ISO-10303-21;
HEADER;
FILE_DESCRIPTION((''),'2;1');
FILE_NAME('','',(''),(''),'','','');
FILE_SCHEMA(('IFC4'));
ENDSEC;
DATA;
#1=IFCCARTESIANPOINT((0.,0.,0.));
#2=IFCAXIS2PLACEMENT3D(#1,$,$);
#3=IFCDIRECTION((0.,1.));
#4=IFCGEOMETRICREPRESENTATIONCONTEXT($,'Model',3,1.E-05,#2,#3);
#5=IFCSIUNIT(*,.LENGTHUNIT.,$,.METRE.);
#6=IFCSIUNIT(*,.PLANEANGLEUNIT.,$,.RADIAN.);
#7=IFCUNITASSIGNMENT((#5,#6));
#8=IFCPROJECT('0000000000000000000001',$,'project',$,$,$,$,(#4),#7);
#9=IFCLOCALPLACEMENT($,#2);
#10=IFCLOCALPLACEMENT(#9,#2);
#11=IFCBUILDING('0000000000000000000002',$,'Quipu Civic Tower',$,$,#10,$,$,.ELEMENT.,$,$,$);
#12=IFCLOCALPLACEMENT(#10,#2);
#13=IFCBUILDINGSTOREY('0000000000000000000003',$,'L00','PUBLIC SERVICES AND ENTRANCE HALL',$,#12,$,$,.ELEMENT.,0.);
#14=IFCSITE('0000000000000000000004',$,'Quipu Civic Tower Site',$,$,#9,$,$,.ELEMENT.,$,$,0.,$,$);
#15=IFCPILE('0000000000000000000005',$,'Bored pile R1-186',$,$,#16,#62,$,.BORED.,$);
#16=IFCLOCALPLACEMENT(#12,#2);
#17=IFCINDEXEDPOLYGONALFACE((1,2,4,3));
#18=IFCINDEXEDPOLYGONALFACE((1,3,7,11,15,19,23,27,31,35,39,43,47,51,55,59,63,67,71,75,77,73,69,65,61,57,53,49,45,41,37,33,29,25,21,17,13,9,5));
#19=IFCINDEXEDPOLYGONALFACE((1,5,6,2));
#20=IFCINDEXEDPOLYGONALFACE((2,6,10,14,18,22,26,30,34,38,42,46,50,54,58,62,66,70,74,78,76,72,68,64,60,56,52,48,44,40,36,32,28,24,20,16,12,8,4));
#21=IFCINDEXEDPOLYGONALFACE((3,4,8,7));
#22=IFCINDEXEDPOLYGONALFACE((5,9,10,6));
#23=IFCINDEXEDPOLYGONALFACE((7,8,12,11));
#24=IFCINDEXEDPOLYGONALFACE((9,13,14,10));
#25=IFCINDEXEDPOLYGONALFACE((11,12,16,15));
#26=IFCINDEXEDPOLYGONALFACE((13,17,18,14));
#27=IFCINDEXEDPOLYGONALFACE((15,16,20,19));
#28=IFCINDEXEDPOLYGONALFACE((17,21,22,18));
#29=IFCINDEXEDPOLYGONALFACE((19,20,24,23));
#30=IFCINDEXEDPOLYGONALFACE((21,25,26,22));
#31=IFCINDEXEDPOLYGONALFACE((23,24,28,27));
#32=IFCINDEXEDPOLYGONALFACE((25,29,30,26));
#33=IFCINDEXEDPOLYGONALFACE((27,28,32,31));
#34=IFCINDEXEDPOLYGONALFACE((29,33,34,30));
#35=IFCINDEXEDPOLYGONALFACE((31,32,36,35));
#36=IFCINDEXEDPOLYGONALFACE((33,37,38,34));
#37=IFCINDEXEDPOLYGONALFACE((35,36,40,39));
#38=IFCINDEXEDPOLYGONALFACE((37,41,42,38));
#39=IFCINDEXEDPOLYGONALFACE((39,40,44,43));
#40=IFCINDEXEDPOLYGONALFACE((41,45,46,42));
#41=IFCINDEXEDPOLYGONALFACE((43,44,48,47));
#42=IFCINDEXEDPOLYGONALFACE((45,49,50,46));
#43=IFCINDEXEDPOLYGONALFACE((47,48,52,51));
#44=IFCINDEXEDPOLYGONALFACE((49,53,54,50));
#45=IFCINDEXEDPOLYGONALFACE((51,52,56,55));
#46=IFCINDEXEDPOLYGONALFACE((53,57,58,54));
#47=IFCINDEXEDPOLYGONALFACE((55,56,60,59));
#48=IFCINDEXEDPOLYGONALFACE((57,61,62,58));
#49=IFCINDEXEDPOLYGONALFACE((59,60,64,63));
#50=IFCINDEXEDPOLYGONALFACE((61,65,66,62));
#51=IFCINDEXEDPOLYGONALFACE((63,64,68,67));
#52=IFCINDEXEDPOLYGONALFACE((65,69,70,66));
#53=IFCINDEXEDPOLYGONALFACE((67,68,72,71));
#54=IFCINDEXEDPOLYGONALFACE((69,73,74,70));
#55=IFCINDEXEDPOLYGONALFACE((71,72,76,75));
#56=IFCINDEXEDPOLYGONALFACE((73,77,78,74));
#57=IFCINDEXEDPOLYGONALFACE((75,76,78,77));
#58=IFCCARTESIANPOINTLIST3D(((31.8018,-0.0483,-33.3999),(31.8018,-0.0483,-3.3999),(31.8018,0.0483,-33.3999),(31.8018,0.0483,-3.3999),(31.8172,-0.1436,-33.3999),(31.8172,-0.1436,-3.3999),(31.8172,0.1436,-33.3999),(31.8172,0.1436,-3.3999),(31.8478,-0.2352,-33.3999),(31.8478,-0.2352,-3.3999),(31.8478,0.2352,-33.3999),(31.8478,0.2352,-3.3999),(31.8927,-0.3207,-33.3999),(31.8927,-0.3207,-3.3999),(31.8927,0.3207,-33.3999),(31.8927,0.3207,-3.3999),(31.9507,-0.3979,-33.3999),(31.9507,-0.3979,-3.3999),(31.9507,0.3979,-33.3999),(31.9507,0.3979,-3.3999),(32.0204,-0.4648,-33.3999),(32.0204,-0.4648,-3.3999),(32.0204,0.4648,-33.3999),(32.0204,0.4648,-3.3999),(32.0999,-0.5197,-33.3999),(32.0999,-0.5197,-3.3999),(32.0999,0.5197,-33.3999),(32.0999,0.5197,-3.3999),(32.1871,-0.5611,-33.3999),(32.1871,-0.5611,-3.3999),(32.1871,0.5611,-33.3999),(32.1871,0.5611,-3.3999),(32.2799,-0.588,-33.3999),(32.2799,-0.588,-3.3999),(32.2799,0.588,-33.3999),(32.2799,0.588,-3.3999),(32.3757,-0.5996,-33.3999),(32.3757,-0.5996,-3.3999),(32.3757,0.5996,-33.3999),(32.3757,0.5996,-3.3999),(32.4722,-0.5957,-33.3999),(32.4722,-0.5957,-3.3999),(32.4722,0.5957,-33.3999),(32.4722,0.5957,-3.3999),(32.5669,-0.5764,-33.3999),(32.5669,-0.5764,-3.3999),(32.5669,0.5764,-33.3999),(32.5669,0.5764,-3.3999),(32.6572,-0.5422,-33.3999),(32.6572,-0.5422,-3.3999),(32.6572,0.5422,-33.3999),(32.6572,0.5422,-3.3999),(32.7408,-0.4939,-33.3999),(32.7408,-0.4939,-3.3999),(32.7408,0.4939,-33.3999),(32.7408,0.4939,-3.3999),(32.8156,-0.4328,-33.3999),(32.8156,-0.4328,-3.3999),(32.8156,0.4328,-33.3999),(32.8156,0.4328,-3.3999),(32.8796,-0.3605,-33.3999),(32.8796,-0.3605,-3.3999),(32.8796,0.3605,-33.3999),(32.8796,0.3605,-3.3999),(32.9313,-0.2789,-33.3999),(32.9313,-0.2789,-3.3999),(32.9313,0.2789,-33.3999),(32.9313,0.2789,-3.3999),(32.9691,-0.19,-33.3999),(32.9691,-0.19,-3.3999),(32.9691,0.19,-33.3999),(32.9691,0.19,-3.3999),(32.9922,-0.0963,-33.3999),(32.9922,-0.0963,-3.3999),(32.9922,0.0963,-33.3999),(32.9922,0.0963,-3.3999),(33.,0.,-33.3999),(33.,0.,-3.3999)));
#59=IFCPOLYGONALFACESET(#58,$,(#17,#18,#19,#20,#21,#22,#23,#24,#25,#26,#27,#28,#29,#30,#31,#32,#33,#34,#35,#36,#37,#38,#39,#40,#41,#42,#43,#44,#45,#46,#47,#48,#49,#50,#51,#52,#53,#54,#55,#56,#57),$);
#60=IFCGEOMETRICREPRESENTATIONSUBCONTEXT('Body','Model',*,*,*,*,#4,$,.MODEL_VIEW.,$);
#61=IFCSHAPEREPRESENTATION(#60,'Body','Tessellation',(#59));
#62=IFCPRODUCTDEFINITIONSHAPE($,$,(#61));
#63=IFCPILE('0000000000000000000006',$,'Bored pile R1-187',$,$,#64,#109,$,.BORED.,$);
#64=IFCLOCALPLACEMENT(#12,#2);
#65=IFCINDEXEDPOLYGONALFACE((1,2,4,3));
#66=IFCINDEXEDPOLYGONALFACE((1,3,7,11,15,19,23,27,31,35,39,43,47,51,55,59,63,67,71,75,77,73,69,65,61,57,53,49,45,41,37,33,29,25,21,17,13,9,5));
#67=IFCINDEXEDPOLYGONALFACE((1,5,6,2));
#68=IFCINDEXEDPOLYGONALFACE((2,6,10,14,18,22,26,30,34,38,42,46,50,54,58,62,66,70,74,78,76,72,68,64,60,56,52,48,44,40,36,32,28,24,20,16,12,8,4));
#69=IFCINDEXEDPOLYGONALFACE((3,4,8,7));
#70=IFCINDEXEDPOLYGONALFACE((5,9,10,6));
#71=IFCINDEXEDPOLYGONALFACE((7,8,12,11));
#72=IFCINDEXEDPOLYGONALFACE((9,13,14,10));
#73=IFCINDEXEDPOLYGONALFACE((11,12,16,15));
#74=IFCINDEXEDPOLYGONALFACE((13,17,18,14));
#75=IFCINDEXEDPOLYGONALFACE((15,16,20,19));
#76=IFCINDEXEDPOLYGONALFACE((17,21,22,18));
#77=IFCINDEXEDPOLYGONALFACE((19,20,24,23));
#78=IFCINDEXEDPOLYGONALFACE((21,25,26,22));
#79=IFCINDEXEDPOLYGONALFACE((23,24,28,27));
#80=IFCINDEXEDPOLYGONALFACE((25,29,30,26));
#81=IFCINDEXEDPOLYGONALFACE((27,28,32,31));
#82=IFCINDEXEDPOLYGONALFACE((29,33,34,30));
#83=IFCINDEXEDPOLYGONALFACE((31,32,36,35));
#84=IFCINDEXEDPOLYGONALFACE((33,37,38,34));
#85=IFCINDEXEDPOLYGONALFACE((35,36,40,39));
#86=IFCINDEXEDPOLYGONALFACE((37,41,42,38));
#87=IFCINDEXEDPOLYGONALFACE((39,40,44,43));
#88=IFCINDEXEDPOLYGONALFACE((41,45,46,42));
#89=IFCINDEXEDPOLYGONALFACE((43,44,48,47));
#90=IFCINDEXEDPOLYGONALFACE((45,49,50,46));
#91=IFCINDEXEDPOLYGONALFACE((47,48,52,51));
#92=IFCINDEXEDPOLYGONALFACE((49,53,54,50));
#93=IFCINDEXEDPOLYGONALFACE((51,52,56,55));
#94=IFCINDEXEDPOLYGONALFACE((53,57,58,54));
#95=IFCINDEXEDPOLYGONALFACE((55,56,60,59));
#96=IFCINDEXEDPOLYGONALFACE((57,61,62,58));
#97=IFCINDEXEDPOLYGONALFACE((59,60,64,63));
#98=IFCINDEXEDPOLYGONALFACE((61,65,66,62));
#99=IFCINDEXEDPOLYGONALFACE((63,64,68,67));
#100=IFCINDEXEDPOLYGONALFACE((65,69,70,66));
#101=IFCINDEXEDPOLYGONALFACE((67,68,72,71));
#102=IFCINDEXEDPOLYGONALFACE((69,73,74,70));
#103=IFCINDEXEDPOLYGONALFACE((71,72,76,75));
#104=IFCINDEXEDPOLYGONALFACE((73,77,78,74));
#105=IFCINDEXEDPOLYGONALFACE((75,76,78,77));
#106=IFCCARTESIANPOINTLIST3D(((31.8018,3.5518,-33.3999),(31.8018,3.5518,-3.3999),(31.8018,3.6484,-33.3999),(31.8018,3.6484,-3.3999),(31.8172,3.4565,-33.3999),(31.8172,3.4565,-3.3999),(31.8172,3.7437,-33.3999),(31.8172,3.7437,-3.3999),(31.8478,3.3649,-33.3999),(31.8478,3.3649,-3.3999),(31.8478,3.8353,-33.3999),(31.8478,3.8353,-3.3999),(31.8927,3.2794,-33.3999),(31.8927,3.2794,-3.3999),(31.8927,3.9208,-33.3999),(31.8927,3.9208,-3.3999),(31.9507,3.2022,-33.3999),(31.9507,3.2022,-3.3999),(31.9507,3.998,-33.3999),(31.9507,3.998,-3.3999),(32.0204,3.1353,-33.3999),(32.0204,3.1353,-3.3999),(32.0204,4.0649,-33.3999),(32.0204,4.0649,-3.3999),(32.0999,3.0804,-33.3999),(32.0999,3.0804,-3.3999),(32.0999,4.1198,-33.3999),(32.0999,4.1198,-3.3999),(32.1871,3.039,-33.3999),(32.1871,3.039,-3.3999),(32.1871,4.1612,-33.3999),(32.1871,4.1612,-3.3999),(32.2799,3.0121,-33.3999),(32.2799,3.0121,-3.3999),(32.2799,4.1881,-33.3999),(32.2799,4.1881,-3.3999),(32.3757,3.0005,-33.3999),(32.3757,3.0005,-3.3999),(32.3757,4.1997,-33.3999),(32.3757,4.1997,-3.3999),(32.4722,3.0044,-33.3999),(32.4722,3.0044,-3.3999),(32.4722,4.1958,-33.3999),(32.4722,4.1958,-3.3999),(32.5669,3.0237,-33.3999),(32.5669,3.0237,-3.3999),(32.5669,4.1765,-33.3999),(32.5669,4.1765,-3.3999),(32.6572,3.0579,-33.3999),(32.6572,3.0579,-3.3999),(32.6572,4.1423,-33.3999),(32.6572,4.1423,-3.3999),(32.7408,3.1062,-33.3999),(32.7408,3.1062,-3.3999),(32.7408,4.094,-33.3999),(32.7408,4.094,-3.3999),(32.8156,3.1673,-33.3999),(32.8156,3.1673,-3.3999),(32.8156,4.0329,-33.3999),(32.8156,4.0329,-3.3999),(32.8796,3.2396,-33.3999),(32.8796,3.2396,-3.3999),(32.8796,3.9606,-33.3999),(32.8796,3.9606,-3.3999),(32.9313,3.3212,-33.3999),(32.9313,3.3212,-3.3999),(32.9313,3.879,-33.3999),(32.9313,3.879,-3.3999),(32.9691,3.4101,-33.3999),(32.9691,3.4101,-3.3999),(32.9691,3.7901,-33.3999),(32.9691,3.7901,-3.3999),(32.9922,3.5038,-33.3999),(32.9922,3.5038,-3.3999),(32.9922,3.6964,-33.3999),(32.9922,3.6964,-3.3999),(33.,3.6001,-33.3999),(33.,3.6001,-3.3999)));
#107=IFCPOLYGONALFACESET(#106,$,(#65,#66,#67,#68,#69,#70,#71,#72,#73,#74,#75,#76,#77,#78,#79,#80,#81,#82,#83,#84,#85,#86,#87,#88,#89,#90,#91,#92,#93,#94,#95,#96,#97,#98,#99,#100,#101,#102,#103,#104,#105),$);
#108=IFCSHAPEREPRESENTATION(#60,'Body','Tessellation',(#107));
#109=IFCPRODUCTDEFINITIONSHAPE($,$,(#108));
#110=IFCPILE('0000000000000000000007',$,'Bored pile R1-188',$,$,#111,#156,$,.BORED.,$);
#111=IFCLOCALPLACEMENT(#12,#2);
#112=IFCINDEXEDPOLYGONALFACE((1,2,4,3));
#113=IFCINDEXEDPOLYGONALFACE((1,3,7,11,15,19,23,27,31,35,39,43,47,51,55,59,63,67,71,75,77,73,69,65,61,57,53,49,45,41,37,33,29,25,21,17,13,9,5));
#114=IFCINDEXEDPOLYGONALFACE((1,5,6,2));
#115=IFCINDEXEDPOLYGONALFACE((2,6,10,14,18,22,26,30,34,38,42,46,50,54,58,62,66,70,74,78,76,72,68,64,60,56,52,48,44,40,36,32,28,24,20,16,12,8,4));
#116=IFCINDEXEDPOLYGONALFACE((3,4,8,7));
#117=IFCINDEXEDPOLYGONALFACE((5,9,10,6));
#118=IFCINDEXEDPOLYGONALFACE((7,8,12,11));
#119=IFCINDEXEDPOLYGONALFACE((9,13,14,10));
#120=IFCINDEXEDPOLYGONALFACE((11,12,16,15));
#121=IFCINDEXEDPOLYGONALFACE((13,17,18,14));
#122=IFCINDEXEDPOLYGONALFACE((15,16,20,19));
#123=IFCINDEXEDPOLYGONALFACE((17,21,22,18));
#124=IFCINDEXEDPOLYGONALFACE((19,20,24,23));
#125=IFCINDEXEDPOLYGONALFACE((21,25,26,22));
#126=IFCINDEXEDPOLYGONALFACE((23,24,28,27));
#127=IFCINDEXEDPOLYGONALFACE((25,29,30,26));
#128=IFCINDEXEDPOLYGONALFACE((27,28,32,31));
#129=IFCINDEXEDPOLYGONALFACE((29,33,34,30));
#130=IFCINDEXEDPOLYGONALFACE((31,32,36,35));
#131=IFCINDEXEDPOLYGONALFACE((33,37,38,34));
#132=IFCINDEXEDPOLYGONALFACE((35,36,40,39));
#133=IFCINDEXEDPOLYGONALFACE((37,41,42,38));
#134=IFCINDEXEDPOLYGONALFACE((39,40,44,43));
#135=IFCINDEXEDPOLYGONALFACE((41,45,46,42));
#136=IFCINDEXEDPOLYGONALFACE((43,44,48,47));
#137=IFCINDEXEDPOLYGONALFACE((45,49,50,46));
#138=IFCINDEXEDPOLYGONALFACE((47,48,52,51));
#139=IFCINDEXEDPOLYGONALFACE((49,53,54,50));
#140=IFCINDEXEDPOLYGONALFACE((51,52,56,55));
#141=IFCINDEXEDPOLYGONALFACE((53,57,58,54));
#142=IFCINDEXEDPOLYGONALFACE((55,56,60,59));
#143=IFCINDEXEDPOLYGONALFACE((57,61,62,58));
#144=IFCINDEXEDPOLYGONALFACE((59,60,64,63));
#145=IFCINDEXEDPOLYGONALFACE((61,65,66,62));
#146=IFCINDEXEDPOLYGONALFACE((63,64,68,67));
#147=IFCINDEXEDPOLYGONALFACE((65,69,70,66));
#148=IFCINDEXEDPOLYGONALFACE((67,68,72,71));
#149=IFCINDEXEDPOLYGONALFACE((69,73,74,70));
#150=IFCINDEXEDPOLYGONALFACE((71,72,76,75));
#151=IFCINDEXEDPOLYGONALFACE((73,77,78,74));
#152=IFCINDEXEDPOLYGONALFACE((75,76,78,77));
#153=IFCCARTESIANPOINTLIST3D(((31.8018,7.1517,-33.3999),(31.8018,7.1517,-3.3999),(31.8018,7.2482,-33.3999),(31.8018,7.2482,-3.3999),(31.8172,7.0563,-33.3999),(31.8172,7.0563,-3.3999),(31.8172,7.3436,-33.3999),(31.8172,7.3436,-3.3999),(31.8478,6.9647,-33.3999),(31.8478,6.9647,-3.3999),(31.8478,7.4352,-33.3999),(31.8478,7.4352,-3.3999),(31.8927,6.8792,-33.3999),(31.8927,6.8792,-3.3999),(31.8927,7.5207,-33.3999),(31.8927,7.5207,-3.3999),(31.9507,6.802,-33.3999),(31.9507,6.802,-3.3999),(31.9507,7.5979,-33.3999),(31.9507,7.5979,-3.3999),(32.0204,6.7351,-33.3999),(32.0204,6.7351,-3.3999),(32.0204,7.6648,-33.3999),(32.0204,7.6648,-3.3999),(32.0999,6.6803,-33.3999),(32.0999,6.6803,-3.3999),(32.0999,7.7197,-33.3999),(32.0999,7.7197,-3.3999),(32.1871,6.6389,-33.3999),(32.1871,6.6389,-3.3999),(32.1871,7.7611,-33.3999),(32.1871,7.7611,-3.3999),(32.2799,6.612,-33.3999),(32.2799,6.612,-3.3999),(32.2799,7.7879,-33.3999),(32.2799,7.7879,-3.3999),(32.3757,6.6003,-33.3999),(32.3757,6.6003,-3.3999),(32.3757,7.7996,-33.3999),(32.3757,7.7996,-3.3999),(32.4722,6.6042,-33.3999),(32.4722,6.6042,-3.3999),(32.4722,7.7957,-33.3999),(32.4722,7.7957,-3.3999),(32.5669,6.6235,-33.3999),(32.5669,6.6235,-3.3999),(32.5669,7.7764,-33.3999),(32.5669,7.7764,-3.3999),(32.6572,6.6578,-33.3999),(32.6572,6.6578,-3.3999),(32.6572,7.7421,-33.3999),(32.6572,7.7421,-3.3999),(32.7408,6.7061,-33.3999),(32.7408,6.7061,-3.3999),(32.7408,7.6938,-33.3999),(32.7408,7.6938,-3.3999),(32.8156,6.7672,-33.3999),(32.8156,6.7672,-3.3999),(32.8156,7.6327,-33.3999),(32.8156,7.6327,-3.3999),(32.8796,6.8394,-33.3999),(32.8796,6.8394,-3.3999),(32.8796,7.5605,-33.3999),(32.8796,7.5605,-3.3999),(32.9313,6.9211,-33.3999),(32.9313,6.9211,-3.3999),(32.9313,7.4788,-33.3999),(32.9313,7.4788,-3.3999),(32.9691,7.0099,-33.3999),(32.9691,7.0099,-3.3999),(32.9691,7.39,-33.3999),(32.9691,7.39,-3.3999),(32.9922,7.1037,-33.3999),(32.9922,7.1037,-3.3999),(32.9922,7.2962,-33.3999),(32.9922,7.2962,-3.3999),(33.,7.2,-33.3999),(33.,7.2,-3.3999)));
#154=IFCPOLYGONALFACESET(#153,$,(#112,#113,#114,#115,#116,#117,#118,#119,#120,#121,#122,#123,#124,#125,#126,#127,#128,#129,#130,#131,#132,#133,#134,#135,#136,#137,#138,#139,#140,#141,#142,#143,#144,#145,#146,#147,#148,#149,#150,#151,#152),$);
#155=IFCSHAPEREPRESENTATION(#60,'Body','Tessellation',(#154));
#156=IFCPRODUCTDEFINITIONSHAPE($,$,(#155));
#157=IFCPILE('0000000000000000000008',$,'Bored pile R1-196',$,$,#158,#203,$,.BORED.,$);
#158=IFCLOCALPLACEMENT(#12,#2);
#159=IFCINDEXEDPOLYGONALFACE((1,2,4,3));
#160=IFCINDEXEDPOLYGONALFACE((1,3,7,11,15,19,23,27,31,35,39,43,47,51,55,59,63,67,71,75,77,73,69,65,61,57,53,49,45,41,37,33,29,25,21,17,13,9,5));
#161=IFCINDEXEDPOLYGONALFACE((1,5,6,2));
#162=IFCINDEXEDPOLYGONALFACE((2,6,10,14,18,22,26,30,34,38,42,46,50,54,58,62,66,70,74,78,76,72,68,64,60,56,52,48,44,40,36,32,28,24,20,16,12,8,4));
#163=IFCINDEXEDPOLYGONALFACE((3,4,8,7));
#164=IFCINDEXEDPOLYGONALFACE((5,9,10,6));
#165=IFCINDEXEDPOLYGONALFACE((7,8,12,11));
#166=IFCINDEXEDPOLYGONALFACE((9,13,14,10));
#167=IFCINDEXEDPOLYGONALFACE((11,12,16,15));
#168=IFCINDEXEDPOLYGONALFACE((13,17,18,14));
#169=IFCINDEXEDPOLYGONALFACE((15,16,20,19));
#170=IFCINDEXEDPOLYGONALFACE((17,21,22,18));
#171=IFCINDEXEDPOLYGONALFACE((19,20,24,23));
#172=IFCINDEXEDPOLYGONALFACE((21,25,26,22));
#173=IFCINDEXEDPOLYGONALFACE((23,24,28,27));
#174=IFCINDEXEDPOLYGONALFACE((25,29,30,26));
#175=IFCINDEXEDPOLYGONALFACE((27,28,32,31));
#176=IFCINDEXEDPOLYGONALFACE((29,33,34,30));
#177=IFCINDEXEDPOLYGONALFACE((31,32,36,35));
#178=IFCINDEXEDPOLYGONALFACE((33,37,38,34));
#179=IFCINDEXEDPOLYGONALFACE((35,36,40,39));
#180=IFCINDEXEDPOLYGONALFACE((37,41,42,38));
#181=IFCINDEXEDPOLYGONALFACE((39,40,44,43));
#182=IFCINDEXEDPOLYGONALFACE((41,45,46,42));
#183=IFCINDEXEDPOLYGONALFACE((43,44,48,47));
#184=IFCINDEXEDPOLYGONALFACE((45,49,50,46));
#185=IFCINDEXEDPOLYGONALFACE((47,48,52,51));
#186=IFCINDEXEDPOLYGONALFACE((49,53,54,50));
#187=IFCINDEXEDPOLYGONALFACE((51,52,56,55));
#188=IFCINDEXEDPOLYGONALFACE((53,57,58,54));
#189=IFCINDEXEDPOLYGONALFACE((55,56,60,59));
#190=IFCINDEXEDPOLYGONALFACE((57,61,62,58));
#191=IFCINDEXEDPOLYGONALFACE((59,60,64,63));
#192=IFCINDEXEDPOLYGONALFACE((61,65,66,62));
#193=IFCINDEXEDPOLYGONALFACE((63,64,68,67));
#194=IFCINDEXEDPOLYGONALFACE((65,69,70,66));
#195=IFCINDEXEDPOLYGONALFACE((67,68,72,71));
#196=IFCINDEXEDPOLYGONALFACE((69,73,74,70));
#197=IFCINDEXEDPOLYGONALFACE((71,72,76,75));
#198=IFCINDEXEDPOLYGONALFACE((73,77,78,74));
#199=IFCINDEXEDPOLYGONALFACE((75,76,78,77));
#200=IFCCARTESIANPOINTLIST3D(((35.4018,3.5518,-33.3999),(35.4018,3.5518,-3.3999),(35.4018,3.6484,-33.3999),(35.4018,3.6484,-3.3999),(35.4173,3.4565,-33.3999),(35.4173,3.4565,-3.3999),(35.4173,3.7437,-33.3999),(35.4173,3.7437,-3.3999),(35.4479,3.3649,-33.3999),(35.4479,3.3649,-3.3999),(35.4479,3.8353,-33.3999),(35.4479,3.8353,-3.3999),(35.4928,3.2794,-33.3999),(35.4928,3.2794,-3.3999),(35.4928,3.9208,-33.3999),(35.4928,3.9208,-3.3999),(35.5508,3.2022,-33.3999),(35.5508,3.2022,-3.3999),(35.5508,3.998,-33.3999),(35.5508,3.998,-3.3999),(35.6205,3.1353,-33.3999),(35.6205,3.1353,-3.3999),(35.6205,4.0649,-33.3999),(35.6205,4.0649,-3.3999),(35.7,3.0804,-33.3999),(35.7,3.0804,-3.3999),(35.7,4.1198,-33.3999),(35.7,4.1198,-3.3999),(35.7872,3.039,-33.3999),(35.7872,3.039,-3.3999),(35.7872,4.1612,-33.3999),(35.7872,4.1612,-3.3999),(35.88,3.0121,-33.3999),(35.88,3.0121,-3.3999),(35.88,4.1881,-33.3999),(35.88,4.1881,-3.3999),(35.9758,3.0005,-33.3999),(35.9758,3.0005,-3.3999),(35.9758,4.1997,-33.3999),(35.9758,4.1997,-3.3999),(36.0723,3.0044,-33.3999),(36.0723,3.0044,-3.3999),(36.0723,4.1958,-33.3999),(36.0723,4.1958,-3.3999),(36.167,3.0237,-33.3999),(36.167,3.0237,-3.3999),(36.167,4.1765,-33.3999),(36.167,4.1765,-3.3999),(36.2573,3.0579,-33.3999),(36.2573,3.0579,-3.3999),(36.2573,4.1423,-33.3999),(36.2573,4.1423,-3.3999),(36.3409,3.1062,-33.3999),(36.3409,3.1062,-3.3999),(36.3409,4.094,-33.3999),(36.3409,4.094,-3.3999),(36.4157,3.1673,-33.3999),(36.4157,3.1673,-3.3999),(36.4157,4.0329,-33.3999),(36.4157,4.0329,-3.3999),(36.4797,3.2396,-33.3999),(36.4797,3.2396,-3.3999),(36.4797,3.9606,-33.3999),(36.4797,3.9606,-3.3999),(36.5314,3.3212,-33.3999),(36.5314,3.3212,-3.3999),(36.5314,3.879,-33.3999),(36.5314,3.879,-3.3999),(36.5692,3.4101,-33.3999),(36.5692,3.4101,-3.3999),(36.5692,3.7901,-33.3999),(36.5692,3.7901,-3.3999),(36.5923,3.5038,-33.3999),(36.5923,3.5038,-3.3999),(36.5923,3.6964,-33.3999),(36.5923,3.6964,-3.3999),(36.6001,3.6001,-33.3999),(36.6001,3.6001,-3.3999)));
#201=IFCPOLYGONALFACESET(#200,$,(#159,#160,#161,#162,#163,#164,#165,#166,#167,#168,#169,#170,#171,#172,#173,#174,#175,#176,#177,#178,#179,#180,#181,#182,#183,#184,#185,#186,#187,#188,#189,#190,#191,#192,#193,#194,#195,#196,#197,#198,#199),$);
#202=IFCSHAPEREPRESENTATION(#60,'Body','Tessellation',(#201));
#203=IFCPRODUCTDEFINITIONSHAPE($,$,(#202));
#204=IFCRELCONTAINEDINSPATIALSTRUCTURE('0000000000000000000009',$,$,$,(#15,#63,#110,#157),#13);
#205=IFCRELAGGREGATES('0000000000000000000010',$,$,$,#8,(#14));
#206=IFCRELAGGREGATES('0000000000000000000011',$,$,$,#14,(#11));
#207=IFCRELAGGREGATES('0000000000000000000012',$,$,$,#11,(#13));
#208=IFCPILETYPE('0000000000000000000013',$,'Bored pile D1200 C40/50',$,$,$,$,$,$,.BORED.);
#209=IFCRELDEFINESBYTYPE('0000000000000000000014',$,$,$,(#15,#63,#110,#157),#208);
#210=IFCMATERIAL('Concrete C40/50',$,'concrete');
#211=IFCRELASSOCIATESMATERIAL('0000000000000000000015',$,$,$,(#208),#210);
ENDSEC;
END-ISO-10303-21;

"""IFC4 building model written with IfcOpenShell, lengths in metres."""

from ifc_helpers import new_model, si_unit, direction, frame, origin, origin_2d, place, context, subcontext, project, spatial, circle, extrude, material, material_profile, profile_set, type_object, element, save


model = new_model("IFC4")

# Units and contexts
model_context = context("Model", 3, precision=1e-05, world=origin(), true_north=direction((0.0, 1.0)))
body_context = subcontext(model_context, "Body", "Model", "MODEL_VIEW")
ifc_project = project(units=[si_unit("LENGTHUNIT", "METRE"), si_unit("PLANEANGLEUNIT", "RADIAN")], contexts=[model_context])

# Site, building, storey
site_placement = place(None, origin())
site = spatial("IfcSite", under=ifc_project, at=site_placement, Name="Quipu Civic Tower Site", CompositionType="ELEMENT", RefElevation=0.0)
building_placement = place(site_placement, origin())
building = spatial("IfcBuilding", under=site, at=building_placement, Name="Quipu Civic Tower", CompositionType="ELEMENT")
storey_placement = place(building_placement, origin())
storey = spatial("IfcBuildingStorey", under=building, at=storey_placement, Name="L00", Description="PUBLIC SERVICES AND ENTRANCE HALL", CompositionType="ELEMENT", Elevation=0.0)

# Piles
ifc_material_1 = material(Name="Concrete C40/50", Category="concrete")
ifc_material_profile_1 = material_profile(ifc_material_1, circle(Radius=0.6001, at=origin_2d()), Name="RCD1200")
ifc_profile_set_1 = profile_set([ifc_material_profile_1], Name="Concrete C40/50")
pile_type = type_object("IfcPileType", Name="Bored pile D1200 C40/50", PredefinedType="BORED", material=ifc_profile_set_1)
for number, where, z_axis, x_axis, name in (
    (1, (32.3999, 0.0, -3.3999), (0.0, 0.0, -1.0), (1.0, 0.0, 0.0), "Bored pile R1-186"),
    (2, (32.3999, 3.6001, -3.3999), (0.0, 0.0, -1.0), (1.0, 0.0, 0.0), "Bored pile R1-187"),
    (3, (32.3999, 7.2, -3.3999), (0.0, 0.0, -1.0), (1.0, 0.0, 0.0), "Bored pile R1-188"),
    (4, (36.0, 3.6001, -3.3999), (0.0, 0.0, -1.0), (1.0, 0.0, 0.0), "Bored pile R1-196"),
):
    element("IfcPile", number, at=place(storey_placement, frame(where, z_axis=z_axis, x_axis=x_axis)), inside=storey, type_object=pile_type, Name=name, PredefinedType="BORED", context=body_context, shape_type="SweptSolid", body=[
        extrude(circle(Radius=0.6001, at=origin_2d()), origin(), (0.0, 0.0, 1.0), 30.0),
    ])

save(model, "model.ifc")
